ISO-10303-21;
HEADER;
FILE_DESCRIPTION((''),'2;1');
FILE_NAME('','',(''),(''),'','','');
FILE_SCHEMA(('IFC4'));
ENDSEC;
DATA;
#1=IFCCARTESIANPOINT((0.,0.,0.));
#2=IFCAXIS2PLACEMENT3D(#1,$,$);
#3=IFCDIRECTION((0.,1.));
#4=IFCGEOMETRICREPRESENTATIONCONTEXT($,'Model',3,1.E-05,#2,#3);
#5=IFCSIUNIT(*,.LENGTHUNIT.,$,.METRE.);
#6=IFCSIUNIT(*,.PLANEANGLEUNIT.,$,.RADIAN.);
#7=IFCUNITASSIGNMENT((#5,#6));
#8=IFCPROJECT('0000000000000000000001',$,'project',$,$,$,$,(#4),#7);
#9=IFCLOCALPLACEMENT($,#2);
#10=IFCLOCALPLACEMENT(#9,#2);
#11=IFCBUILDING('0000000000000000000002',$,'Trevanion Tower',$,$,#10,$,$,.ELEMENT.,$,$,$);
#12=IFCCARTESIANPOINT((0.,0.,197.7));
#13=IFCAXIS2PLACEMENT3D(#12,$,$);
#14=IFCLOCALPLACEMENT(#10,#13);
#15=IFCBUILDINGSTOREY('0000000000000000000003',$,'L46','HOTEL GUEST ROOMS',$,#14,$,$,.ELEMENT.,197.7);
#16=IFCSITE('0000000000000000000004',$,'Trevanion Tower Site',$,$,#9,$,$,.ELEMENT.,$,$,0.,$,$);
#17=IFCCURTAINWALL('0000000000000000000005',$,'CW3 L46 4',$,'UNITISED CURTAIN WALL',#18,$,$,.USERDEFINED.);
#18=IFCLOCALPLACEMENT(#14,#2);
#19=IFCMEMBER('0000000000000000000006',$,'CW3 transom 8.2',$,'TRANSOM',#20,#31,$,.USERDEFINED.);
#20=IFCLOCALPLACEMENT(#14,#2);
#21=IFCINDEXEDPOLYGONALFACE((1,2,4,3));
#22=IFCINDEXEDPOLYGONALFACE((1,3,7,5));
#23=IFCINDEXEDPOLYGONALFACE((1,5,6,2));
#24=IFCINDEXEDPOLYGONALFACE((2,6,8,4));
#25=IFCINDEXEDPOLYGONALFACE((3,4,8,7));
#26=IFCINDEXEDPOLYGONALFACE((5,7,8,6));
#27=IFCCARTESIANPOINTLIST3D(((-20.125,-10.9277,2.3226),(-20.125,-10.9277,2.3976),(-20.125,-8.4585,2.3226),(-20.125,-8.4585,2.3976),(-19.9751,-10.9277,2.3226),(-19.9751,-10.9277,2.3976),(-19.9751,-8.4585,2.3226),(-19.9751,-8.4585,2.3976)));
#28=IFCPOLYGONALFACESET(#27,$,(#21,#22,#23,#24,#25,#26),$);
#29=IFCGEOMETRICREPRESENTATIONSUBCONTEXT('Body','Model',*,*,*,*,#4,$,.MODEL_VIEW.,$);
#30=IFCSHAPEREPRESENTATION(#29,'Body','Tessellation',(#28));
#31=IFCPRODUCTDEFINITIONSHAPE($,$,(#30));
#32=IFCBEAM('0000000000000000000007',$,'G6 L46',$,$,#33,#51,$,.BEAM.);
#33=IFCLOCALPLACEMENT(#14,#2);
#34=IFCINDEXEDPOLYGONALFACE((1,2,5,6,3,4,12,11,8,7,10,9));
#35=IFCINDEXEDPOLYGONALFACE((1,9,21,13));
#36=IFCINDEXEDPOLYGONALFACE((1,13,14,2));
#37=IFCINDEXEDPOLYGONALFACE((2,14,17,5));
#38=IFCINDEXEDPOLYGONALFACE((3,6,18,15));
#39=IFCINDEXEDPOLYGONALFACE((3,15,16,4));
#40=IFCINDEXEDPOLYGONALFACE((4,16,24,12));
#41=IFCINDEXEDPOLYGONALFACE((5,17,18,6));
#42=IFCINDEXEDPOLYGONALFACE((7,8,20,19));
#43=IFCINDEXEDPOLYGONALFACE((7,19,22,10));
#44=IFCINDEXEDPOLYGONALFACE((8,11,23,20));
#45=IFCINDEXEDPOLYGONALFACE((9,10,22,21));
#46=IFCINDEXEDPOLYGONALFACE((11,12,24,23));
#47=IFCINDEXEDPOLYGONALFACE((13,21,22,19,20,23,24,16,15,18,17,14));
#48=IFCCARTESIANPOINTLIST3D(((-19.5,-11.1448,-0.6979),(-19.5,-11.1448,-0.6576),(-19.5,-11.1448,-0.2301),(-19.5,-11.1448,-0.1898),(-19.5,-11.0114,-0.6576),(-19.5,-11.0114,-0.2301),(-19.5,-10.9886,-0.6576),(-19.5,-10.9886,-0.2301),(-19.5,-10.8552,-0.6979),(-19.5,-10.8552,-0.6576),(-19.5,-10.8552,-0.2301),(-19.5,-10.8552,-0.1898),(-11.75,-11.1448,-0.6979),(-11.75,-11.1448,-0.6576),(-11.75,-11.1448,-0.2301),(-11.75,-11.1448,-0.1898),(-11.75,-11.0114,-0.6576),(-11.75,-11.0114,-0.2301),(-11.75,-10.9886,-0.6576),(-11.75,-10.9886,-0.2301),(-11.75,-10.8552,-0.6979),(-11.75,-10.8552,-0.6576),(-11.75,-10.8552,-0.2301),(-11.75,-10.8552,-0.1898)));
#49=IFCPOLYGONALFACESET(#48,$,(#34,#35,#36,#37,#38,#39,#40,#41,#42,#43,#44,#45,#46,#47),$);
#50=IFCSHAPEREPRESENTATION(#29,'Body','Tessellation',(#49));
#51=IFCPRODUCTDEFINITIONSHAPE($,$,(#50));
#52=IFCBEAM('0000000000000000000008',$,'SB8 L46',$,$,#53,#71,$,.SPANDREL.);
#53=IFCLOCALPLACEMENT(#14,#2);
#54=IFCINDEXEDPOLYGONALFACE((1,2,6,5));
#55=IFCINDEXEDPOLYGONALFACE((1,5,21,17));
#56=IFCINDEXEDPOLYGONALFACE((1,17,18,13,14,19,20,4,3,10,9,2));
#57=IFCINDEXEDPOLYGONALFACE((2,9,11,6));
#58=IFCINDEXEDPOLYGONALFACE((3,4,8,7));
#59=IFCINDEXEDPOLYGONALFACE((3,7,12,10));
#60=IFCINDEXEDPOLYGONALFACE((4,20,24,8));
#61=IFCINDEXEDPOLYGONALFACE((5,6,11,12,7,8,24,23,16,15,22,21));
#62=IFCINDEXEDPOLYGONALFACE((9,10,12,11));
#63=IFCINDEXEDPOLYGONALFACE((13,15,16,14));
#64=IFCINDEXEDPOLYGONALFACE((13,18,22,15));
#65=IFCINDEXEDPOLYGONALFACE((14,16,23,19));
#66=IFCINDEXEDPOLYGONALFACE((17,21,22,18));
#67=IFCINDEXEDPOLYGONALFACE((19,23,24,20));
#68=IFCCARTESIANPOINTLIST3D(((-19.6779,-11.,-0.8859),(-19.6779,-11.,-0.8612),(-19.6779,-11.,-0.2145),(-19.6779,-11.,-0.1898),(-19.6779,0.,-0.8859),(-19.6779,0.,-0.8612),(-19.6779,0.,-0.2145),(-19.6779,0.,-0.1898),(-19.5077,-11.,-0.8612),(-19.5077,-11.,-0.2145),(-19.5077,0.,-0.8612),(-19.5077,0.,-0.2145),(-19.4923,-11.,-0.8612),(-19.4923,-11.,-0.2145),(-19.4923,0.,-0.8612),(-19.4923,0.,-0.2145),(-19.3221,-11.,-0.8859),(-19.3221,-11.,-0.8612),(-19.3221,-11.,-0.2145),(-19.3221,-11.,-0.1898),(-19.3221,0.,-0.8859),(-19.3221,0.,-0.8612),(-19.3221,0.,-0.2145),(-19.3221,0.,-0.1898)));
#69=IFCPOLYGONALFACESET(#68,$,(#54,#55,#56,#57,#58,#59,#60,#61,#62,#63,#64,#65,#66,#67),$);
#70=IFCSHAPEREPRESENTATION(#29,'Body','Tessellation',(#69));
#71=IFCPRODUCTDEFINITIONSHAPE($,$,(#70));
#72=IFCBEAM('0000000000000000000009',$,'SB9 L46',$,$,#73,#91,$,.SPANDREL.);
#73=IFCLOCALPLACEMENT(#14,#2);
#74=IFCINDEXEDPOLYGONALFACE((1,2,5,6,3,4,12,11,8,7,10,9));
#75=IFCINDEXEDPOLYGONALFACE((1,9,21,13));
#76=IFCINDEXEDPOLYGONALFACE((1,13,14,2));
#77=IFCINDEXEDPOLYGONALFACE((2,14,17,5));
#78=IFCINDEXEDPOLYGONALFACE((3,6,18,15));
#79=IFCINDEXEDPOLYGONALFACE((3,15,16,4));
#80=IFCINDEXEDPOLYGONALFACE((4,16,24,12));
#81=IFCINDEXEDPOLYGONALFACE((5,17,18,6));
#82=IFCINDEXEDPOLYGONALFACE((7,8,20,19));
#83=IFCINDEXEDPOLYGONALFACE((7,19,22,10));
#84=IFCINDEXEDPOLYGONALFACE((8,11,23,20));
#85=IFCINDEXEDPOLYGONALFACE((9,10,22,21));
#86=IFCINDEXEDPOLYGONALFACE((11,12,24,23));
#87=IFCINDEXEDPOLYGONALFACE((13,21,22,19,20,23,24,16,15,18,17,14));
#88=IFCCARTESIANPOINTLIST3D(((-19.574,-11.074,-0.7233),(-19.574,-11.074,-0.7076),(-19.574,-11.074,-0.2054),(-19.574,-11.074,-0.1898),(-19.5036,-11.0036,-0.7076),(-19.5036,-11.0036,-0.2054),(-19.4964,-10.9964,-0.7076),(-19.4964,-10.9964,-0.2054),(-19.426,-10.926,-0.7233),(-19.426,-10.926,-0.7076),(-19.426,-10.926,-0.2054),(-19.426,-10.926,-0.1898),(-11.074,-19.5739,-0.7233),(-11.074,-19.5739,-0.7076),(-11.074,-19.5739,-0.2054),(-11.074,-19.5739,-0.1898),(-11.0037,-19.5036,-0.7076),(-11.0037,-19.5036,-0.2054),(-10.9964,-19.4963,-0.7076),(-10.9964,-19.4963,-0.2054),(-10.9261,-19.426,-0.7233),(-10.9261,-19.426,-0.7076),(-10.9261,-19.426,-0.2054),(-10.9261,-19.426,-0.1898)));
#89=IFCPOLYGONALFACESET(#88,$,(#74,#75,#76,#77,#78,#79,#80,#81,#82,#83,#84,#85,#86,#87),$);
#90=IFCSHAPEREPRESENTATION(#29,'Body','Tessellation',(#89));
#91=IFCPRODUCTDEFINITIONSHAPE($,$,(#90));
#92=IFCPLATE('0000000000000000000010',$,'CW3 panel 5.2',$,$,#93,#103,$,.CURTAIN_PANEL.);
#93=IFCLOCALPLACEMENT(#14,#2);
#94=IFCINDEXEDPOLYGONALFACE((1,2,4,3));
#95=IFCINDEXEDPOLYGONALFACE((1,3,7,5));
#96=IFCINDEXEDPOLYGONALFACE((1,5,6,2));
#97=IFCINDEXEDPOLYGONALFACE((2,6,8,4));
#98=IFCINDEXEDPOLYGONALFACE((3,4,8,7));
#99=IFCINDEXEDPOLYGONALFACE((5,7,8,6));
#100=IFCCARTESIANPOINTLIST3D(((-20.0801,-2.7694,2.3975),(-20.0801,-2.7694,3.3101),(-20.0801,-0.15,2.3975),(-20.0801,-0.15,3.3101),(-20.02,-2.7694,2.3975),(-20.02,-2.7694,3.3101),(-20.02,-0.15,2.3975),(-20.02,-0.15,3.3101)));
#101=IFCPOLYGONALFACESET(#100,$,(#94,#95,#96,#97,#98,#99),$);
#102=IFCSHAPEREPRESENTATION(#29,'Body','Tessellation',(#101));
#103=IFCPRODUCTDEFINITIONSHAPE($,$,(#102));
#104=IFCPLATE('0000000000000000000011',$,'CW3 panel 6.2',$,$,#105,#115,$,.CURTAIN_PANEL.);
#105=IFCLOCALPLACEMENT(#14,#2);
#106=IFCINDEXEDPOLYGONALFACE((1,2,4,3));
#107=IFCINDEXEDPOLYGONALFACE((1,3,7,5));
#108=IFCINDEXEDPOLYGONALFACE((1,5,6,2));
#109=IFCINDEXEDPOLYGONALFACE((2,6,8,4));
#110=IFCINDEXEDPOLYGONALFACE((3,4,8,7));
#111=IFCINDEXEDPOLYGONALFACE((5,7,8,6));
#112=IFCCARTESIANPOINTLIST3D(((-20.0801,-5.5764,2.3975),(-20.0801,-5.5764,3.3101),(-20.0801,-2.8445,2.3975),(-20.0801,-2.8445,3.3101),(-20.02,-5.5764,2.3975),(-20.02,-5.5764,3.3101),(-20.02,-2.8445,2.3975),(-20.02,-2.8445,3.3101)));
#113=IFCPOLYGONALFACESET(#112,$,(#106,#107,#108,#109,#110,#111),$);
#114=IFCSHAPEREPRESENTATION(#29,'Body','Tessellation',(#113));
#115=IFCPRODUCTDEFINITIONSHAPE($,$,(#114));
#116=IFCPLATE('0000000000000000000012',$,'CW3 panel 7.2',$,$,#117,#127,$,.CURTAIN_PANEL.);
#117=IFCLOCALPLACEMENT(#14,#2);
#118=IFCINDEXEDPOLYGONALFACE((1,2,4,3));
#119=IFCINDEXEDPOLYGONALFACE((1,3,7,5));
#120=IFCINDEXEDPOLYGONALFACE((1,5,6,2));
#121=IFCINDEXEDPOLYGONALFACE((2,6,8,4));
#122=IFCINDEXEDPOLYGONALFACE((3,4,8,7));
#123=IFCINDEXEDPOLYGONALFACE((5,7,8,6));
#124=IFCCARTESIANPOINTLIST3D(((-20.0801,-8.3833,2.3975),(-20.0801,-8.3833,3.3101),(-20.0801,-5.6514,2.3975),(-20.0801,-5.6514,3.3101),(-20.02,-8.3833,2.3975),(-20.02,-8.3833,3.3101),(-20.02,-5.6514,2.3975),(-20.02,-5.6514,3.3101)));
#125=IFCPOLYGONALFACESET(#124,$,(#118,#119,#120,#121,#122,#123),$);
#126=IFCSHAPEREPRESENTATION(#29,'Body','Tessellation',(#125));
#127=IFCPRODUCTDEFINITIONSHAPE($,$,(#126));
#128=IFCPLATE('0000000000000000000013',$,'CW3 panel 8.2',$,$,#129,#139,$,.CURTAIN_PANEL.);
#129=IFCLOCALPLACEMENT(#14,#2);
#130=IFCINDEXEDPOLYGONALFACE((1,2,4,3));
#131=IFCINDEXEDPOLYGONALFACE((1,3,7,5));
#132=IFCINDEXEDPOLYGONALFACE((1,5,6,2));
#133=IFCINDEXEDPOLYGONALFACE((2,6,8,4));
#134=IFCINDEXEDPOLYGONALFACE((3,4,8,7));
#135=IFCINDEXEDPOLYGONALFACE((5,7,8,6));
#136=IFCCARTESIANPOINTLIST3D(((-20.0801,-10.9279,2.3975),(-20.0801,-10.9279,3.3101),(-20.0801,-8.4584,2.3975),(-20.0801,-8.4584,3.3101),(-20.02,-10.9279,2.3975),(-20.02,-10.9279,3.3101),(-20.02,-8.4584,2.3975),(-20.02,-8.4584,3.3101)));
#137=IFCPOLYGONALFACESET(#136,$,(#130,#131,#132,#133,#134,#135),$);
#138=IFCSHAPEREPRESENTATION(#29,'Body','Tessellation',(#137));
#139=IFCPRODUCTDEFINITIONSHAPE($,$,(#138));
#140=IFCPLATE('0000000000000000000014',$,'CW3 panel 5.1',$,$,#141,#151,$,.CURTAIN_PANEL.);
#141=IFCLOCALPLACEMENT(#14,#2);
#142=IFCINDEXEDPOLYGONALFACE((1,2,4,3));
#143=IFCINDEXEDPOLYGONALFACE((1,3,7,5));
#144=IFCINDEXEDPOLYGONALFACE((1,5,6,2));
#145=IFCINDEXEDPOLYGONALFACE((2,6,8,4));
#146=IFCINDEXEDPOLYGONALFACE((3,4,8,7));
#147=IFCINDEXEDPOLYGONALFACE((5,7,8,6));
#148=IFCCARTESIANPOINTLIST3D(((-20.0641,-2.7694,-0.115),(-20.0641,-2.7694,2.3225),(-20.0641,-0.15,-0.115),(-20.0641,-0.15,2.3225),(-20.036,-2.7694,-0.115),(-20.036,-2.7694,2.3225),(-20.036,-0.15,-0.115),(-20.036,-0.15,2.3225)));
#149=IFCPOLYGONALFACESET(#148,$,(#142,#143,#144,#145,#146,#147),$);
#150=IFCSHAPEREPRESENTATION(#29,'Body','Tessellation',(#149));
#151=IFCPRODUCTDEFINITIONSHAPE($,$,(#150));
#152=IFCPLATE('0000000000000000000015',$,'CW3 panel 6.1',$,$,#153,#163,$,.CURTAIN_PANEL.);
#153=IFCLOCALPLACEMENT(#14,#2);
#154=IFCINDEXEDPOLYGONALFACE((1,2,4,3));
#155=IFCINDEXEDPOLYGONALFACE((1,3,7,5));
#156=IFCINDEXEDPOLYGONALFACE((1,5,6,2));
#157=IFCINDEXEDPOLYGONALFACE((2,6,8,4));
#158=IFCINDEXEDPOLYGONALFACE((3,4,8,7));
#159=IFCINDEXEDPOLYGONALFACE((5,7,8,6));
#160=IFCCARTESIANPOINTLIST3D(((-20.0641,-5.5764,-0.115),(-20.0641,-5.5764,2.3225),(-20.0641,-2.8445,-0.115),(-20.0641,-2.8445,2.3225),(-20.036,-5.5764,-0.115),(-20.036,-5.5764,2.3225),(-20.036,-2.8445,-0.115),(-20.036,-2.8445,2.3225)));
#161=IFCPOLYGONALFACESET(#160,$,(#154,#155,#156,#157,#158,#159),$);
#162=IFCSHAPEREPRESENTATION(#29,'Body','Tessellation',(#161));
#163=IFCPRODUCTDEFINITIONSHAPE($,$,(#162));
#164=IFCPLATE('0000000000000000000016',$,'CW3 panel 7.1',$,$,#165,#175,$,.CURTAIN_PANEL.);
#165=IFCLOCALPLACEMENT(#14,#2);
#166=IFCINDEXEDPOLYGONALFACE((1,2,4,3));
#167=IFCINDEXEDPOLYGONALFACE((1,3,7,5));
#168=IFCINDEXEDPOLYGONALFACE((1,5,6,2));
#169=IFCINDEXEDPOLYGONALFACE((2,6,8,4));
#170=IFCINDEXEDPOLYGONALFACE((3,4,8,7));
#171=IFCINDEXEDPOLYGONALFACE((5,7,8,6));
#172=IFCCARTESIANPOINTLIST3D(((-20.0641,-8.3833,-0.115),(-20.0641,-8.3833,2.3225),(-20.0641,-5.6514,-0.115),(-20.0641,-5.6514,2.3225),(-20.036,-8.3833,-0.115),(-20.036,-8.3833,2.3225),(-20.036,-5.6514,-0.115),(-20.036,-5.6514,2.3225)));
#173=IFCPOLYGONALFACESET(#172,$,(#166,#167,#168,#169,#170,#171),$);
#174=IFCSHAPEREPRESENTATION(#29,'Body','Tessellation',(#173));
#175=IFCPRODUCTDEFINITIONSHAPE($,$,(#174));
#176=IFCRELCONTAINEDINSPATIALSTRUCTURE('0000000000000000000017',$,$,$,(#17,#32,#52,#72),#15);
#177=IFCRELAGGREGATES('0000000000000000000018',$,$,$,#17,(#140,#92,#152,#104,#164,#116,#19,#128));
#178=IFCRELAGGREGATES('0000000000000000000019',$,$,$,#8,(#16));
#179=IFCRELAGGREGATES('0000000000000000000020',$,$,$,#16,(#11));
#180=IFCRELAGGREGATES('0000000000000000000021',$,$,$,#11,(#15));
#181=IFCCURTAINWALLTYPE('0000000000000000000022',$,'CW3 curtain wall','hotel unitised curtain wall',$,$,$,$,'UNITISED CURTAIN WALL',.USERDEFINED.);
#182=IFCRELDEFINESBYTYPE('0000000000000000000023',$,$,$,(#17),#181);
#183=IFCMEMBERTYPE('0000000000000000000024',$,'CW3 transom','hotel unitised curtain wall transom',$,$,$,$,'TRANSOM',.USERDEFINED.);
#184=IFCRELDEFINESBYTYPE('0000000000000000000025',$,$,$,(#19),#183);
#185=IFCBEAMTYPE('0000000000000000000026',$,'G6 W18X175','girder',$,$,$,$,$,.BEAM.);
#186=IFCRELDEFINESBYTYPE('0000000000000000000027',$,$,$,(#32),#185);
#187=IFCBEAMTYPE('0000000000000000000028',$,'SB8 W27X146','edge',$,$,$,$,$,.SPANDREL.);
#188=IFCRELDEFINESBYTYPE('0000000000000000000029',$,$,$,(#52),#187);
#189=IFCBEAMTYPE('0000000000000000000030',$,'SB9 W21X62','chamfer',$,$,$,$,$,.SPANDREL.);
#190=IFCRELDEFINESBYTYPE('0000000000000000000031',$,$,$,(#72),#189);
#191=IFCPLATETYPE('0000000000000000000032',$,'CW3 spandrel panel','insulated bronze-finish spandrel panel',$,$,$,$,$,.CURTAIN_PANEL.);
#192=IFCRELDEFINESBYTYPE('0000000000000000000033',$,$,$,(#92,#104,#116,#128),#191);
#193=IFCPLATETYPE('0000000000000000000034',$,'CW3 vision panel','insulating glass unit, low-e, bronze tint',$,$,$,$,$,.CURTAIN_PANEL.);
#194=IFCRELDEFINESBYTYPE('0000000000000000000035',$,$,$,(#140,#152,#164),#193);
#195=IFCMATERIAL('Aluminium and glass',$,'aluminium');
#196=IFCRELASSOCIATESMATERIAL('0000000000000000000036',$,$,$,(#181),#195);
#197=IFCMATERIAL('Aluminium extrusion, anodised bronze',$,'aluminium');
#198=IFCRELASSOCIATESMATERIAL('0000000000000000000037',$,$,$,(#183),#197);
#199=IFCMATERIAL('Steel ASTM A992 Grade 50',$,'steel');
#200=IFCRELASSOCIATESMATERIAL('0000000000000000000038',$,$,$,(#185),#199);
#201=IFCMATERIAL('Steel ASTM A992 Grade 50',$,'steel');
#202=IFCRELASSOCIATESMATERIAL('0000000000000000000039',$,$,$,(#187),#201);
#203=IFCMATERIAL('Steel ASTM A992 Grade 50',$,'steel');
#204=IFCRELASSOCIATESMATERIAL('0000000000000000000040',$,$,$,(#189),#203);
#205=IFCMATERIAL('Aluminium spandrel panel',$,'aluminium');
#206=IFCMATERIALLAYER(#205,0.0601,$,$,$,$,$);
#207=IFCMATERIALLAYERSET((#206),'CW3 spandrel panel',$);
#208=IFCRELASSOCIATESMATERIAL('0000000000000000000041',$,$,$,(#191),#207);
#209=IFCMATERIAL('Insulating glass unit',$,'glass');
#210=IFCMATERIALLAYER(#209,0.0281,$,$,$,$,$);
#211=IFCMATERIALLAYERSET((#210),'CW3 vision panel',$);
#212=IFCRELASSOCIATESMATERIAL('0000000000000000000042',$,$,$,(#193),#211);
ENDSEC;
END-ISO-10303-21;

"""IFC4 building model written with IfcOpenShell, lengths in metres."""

from ifc_helpers import new_model, si_unit, direction, frame, origin, origin_2d, place, context, subcontext, project, spatial, rectangle, i_section, extrude, material, layer, layer_set, material_profile, profile_set, type_object, element, aggregate, save


model = new_model("IFC4")

# Units and contexts
model_context = context("Model", 3, precision=1e-05, world=origin(), true_north=direction((0.0, 1.0)))
body_context = subcontext(model_context, "Body", "Model", "MODEL_VIEW")
ifc_project = project(units=[si_unit("LENGTHUNIT", "METRE"), si_unit("PLANEANGLEUNIT", "RADIAN")], contexts=[model_context])

# Site, building, storey
site_placement = place(None, origin())
site = spatial("IfcSite", under=ifc_project, at=site_placement, Name="Trevanion Tower Site", CompositionType="ELEMENT", RefElevation=0.0)
building_placement = place(site_placement, origin())
building = spatial("IfcBuilding", under=site, at=building_placement, Name="Trevanion Tower", CompositionType="ELEMENT")
storey_placement = place(building_placement, frame((0.0, 0.0, 197.7)))
storey = spatial("IfcBuildingStorey", under=building, at=storey_placement, Name="L46", Description="HOTEL GUEST ROOMS", CompositionType="ELEMENT", Elevation=197.7)

# Curtain wall, member
ifc_material_1 = material(Name="Aluminium and glass", Category="aluminium")
curtain_wall_type = type_object("IfcCurtainWallType", Name="CW3 curtain wall", Description="hotel unitised curtain wall", ElementType="UNITISED CURTAIN WALL", PredefinedType="USERDEFINED", material=ifc_material_1)
curtain_wall_placement = place(storey_placement, origin())
curtain_wall = element("IfcCurtainWall", 1, at=curtain_wall_placement, inside=storey, type_object=curtain_wall_type, Name="CW3 L46 4", ObjectType="UNITISED CURTAIN WALL", PredefinedType="USERDEFINED")
ifc_material_2 = material(Name="Aluminium extrusion, anodised bronze", Category="aluminium")
ifc_material_profile_1 = material_profile(ifc_material_2, rectangle(XDim=0.1499, YDim=0.075, at=origin_2d()), Name="CW3 transom")
ifc_profile_set_1 = profile_set([ifc_material_profile_1], Name="Aluminium extrusion, anodised bronze")
member_type_1 = type_object("IfcMemberType", Name="CW3 transom", Description="hotel unitised curtain wall transom", ElementType="TRANSOM", PredefinedType="USERDEFINED", material=ifc_profile_set_1)
member_1_placement = place(storey_placement, frame((-20.05, -8.4585, 2.3601), z_axis=(0.0, -1.0, 0.0), x_axis=(1.0, 0.0, 0.0)))
member_1 = element("IfcMember", 2, at=member_1_placement, type_object=member_type_1, Name="CW3 transom 8.2", ObjectType="TRANSOM", PredefinedType="USERDEFINED", context=body_context, shape_type="SweptSolid", body=[
    extrude(rectangle(XDim=0.1499, YDim=0.075, at=origin_2d()), origin(), (0.0, 0.0, 1.0), 2.4692),
])

# Beams
ifc_material_3 = material(Name="Steel ASTM A992 Grade 50", Category="steel")
ifc_material_profile_2 = material_profile(ifc_material_3, i_section(OverallWidth=0.2896, OverallDepth=0.5081, WebThickness=0.0227, FlangeThickness=0.0403, at=origin_2d()), Name="W18X175")
ifc_profile_set_2 = profile_set([ifc_material_profile_2], Name="Steel ASTM A992 Grade 50")
beam_type_1 = type_object("IfcBeamType", Name="G6 W18X175", Description="girder", PredefinedType="BEAM", material=ifc_profile_set_2)
beam_1_placement = place(storey_placement, frame((-11.75, -11.0, -0.4438), z_axis=(-1.0, 0.0, 0.0), x_axis=(0.0, -1.0, 0.0)))
element("IfcBeam", 3, at=beam_1_placement, inside=storey, type_object=beam_type_1, Name="G6 L46", PredefinedType="BEAM", context=body_context, shape_type="SweptSolid", body=[
    extrude(i_section(OverallWidth=0.2896, OverallDepth=0.5081, WebThickness=0.0227, FlangeThickness=0.0403, at=origin_2d()), origin(), (0.0, 0.0, 1.0), 7.75),
])
ifc_material_4 = material(Name="Steel ASTM A992 Grade 50", Category="steel")
ifc_material_profile_3 = material_profile(ifc_material_4, i_section(OverallWidth=0.3557, OverallDepth=0.696, WebThickness=0.0154, FlangeThickness=0.0247, at=origin_2d()), Name="W27X146")
ifc_profile_set_3 = profile_set([ifc_material_profile_3], Name="Steel ASTM A992 Grade 50")
beam_type_2 = type_object("IfcBeamType", Name="SB8 W27X146", Description="edge", PredefinedType="SPANDREL", material=ifc_profile_set_3)
beam_2_placement = place(storey_placement, frame((-19.5, 0.0, -0.5378), z_axis=(0.0, -1.0, 0.0), x_axis=(1.0, 0.0, 0.0)))
element("IfcBeam", 4, at=beam_2_placement, inside=storey, type_object=beam_type_2, Name="SB8 L46", PredefinedType="SPANDREL", context=body_context, shape_type="SweptSolid", body=[
    extrude(i_section(OverallWidth=0.3557, OverallDepth=0.696, WebThickness=0.0154, FlangeThickness=0.0247, at=origin_2d()), origin(), (0.0, 0.0, 1.0), 11.0),
])
ifc_material_5 = material(Name="Steel ASTM A992 Grade 50", Category="steel")
ifc_material_profile_4 = material_profile(ifc_material_5, i_section(OverallWidth=0.2092, OverallDepth=0.5334, WebThickness=0.0103, FlangeThickness=0.0156, at=origin_2d()), Name="W21X62")
ifc_profile_set_4 = profile_set([ifc_material_profile_4], Name="Steel ASTM A992 Grade 50")
beam_type_3 = type_object("IfcBeamType", Name="SB9 W21X62", Description="chamfer", PredefinedType="SPANDREL", material=ifc_profile_set_4)
beam_3_placement = place(storey_placement, frame((-19.5, -11.0, -0.4565), z_axis=(0.707107, -0.707107, 0.0), x_axis=(0.707107, 0.707107, 0.0)))
element("IfcBeam", 5, at=beam_3_placement, inside=storey, type_object=beam_type_3, Name="SB9 L46", PredefinedType="SPANDREL", context=body_context, shape_type="SweptSolid", body=[
    extrude(i_section(OverallWidth=0.2092, OverallDepth=0.5334, WebThickness=0.0103, FlangeThickness=0.0156, at=origin_2d()), origin(), (0.0, 0.0, 1.0), 12.0208),
])

# Plates
ifc_material_6 = material(Name="Aluminium spandrel panel", Category="aluminium")
ifc_layer_1 = layer(ifc_material_6, 0.0601)
ifc_layer_set_1 = layer_set([ifc_layer_1], Name="CW3 spandrel panel")
plate_type_1 = type_object("IfcPlateType", Name="CW3 spandrel panel", Description="insulated bronze-finish spandrel panel", PredefinedType="CURTAIN_PANEL", material=ifc_layer_set_1)
plate_1_placement = place(storey_placement, frame((-20.05, -1.4597, 2.3975), z_axis=(0.0, 0.0, 1.0), x_axis=(0.0, -1.0, 0.0)))
plate_1 = element("IfcPlate", 6, at=plate_1_placement, type_object=plate_type_1, Name="CW3 panel 5.2", PredefinedType="CURTAIN_PANEL", context=body_context, shape_type="SweptSolid", body=[
    extrude(rectangle(XDim=2.6194, YDim=0.0601, at=origin_2d()), origin(), (0.0, 0.0, 1.0), 0.9126),
])
plate_2_placement = place(storey_placement, frame((-20.05, -4.2104, 2.3975), z_axis=(0.0, 0.0, 1.0), x_axis=(0.0, -1.0, 0.0)))
plate_2 = element("IfcPlate", 7, at=plate_2_placement, type_object=plate_type_1, Name="CW3 panel 6.2", PredefinedType="CURTAIN_PANEL", context=body_context, shape_type="SweptSolid", body=[
    extrude(rectangle(XDim=2.7319, YDim=0.0601, at=origin_2d()), origin(), (0.0, 0.0, 1.0), 0.9126),
])
plate_3_placement = place(storey_placement, frame((-20.05, -7.0173, 2.3975), z_axis=(0.0, 0.0, 1.0), x_axis=(0.0, -1.0, 0.0)))
plate_3 = element("IfcPlate", 8, at=plate_3_placement, type_object=plate_type_1, Name="CW3 panel 7.2", PredefinedType="CURTAIN_PANEL", context=body_context, shape_type="SweptSolid", body=[
    extrude(rectangle(XDim=2.7319, YDim=0.0601, at=origin_2d()), origin(), (0.0, 0.0, 1.0), 0.9126),
])
plate_4_placement = place(storey_placement, frame((-20.05, -9.6931, 2.3975), z_axis=(0.0, 0.0, 1.0), x_axis=(0.0, -1.0, 0.0)))
plate_4 = element("IfcPlate", 9, at=plate_4_placement, type_object=plate_type_1, Name="CW3 panel 8.2", PredefinedType="CURTAIN_PANEL", context=body_context, shape_type="SweptSolid", body=[
    extrude(rectangle(XDim=2.4695, YDim=0.0601, at=origin_2d()), origin(), (0.0, 0.0, 1.0), 0.9126),
])
ifc_material_7 = material(Name="Insulating glass unit", Category="glass")
ifc_layer_2 = layer(ifc_material_7, 0.0281)
ifc_layer_set_2 = layer_set([ifc_layer_2], Name="CW3 vision panel")
plate_type_2 = type_object("IfcPlateType", Name="CW3 vision panel", Description="insulating glass unit, low-e, bronze tint", PredefinedType="CURTAIN_PANEL", material=ifc_layer_set_2)
plate_5_placement = place(storey_placement, frame((-20.05, -1.4597, -0.115), z_axis=(0.0, 0.0, 1.0), x_axis=(0.0, -1.0, 0.0)))
plate_5 = element("IfcPlate", 10, at=plate_5_placement, type_object=plate_type_2, Name="CW3 panel 5.1", PredefinedType="CURTAIN_PANEL", context=body_context, shape_type="SweptSolid", body=[
    extrude(rectangle(XDim=2.6194, YDim=0.0281, at=origin_2d()), origin(), (0.0, 0.0, 1.0), 2.4375),
])
plate_6_placement = place(storey_placement, frame((-20.05, -4.2104, -0.115), z_axis=(0.0, 0.0, 1.0), x_axis=(0.0, -1.0, 0.0)))
plate_6 = element("IfcPlate", 11, at=plate_6_placement, type_object=plate_type_2, Name="CW3 panel 6.1", PredefinedType="CURTAIN_PANEL", context=body_context, shape_type="SweptSolid", body=[
    extrude(rectangle(XDim=2.7319, YDim=0.0281, at=origin_2d()), origin(), (0.0, 0.0, 1.0), 2.4375),
])
plate_7_placement = place(storey_placement, frame((-20.05, -7.0173, -0.115), z_axis=(0.0, 0.0, 1.0), x_axis=(0.0, -1.0, 0.0)))
plate_7 = element("IfcPlate", 12, at=plate_7_placement, type_object=plate_type_2, Name="CW3 panel 7.1", PredefinedType="CURTAIN_PANEL", context=body_context, shape_type="SweptSolid", body=[
    extrude(rectangle(XDim=2.7319, YDim=0.0281, at=origin_2d()), origin(), (0.0, 0.0, 1.0), 2.4375),
])
aggregate(curtain_wall, [plate_5, plate_1, plate_6, plate_2, plate_7, plate_3, member_1, plate_4])

save(model, "model.ifc")
